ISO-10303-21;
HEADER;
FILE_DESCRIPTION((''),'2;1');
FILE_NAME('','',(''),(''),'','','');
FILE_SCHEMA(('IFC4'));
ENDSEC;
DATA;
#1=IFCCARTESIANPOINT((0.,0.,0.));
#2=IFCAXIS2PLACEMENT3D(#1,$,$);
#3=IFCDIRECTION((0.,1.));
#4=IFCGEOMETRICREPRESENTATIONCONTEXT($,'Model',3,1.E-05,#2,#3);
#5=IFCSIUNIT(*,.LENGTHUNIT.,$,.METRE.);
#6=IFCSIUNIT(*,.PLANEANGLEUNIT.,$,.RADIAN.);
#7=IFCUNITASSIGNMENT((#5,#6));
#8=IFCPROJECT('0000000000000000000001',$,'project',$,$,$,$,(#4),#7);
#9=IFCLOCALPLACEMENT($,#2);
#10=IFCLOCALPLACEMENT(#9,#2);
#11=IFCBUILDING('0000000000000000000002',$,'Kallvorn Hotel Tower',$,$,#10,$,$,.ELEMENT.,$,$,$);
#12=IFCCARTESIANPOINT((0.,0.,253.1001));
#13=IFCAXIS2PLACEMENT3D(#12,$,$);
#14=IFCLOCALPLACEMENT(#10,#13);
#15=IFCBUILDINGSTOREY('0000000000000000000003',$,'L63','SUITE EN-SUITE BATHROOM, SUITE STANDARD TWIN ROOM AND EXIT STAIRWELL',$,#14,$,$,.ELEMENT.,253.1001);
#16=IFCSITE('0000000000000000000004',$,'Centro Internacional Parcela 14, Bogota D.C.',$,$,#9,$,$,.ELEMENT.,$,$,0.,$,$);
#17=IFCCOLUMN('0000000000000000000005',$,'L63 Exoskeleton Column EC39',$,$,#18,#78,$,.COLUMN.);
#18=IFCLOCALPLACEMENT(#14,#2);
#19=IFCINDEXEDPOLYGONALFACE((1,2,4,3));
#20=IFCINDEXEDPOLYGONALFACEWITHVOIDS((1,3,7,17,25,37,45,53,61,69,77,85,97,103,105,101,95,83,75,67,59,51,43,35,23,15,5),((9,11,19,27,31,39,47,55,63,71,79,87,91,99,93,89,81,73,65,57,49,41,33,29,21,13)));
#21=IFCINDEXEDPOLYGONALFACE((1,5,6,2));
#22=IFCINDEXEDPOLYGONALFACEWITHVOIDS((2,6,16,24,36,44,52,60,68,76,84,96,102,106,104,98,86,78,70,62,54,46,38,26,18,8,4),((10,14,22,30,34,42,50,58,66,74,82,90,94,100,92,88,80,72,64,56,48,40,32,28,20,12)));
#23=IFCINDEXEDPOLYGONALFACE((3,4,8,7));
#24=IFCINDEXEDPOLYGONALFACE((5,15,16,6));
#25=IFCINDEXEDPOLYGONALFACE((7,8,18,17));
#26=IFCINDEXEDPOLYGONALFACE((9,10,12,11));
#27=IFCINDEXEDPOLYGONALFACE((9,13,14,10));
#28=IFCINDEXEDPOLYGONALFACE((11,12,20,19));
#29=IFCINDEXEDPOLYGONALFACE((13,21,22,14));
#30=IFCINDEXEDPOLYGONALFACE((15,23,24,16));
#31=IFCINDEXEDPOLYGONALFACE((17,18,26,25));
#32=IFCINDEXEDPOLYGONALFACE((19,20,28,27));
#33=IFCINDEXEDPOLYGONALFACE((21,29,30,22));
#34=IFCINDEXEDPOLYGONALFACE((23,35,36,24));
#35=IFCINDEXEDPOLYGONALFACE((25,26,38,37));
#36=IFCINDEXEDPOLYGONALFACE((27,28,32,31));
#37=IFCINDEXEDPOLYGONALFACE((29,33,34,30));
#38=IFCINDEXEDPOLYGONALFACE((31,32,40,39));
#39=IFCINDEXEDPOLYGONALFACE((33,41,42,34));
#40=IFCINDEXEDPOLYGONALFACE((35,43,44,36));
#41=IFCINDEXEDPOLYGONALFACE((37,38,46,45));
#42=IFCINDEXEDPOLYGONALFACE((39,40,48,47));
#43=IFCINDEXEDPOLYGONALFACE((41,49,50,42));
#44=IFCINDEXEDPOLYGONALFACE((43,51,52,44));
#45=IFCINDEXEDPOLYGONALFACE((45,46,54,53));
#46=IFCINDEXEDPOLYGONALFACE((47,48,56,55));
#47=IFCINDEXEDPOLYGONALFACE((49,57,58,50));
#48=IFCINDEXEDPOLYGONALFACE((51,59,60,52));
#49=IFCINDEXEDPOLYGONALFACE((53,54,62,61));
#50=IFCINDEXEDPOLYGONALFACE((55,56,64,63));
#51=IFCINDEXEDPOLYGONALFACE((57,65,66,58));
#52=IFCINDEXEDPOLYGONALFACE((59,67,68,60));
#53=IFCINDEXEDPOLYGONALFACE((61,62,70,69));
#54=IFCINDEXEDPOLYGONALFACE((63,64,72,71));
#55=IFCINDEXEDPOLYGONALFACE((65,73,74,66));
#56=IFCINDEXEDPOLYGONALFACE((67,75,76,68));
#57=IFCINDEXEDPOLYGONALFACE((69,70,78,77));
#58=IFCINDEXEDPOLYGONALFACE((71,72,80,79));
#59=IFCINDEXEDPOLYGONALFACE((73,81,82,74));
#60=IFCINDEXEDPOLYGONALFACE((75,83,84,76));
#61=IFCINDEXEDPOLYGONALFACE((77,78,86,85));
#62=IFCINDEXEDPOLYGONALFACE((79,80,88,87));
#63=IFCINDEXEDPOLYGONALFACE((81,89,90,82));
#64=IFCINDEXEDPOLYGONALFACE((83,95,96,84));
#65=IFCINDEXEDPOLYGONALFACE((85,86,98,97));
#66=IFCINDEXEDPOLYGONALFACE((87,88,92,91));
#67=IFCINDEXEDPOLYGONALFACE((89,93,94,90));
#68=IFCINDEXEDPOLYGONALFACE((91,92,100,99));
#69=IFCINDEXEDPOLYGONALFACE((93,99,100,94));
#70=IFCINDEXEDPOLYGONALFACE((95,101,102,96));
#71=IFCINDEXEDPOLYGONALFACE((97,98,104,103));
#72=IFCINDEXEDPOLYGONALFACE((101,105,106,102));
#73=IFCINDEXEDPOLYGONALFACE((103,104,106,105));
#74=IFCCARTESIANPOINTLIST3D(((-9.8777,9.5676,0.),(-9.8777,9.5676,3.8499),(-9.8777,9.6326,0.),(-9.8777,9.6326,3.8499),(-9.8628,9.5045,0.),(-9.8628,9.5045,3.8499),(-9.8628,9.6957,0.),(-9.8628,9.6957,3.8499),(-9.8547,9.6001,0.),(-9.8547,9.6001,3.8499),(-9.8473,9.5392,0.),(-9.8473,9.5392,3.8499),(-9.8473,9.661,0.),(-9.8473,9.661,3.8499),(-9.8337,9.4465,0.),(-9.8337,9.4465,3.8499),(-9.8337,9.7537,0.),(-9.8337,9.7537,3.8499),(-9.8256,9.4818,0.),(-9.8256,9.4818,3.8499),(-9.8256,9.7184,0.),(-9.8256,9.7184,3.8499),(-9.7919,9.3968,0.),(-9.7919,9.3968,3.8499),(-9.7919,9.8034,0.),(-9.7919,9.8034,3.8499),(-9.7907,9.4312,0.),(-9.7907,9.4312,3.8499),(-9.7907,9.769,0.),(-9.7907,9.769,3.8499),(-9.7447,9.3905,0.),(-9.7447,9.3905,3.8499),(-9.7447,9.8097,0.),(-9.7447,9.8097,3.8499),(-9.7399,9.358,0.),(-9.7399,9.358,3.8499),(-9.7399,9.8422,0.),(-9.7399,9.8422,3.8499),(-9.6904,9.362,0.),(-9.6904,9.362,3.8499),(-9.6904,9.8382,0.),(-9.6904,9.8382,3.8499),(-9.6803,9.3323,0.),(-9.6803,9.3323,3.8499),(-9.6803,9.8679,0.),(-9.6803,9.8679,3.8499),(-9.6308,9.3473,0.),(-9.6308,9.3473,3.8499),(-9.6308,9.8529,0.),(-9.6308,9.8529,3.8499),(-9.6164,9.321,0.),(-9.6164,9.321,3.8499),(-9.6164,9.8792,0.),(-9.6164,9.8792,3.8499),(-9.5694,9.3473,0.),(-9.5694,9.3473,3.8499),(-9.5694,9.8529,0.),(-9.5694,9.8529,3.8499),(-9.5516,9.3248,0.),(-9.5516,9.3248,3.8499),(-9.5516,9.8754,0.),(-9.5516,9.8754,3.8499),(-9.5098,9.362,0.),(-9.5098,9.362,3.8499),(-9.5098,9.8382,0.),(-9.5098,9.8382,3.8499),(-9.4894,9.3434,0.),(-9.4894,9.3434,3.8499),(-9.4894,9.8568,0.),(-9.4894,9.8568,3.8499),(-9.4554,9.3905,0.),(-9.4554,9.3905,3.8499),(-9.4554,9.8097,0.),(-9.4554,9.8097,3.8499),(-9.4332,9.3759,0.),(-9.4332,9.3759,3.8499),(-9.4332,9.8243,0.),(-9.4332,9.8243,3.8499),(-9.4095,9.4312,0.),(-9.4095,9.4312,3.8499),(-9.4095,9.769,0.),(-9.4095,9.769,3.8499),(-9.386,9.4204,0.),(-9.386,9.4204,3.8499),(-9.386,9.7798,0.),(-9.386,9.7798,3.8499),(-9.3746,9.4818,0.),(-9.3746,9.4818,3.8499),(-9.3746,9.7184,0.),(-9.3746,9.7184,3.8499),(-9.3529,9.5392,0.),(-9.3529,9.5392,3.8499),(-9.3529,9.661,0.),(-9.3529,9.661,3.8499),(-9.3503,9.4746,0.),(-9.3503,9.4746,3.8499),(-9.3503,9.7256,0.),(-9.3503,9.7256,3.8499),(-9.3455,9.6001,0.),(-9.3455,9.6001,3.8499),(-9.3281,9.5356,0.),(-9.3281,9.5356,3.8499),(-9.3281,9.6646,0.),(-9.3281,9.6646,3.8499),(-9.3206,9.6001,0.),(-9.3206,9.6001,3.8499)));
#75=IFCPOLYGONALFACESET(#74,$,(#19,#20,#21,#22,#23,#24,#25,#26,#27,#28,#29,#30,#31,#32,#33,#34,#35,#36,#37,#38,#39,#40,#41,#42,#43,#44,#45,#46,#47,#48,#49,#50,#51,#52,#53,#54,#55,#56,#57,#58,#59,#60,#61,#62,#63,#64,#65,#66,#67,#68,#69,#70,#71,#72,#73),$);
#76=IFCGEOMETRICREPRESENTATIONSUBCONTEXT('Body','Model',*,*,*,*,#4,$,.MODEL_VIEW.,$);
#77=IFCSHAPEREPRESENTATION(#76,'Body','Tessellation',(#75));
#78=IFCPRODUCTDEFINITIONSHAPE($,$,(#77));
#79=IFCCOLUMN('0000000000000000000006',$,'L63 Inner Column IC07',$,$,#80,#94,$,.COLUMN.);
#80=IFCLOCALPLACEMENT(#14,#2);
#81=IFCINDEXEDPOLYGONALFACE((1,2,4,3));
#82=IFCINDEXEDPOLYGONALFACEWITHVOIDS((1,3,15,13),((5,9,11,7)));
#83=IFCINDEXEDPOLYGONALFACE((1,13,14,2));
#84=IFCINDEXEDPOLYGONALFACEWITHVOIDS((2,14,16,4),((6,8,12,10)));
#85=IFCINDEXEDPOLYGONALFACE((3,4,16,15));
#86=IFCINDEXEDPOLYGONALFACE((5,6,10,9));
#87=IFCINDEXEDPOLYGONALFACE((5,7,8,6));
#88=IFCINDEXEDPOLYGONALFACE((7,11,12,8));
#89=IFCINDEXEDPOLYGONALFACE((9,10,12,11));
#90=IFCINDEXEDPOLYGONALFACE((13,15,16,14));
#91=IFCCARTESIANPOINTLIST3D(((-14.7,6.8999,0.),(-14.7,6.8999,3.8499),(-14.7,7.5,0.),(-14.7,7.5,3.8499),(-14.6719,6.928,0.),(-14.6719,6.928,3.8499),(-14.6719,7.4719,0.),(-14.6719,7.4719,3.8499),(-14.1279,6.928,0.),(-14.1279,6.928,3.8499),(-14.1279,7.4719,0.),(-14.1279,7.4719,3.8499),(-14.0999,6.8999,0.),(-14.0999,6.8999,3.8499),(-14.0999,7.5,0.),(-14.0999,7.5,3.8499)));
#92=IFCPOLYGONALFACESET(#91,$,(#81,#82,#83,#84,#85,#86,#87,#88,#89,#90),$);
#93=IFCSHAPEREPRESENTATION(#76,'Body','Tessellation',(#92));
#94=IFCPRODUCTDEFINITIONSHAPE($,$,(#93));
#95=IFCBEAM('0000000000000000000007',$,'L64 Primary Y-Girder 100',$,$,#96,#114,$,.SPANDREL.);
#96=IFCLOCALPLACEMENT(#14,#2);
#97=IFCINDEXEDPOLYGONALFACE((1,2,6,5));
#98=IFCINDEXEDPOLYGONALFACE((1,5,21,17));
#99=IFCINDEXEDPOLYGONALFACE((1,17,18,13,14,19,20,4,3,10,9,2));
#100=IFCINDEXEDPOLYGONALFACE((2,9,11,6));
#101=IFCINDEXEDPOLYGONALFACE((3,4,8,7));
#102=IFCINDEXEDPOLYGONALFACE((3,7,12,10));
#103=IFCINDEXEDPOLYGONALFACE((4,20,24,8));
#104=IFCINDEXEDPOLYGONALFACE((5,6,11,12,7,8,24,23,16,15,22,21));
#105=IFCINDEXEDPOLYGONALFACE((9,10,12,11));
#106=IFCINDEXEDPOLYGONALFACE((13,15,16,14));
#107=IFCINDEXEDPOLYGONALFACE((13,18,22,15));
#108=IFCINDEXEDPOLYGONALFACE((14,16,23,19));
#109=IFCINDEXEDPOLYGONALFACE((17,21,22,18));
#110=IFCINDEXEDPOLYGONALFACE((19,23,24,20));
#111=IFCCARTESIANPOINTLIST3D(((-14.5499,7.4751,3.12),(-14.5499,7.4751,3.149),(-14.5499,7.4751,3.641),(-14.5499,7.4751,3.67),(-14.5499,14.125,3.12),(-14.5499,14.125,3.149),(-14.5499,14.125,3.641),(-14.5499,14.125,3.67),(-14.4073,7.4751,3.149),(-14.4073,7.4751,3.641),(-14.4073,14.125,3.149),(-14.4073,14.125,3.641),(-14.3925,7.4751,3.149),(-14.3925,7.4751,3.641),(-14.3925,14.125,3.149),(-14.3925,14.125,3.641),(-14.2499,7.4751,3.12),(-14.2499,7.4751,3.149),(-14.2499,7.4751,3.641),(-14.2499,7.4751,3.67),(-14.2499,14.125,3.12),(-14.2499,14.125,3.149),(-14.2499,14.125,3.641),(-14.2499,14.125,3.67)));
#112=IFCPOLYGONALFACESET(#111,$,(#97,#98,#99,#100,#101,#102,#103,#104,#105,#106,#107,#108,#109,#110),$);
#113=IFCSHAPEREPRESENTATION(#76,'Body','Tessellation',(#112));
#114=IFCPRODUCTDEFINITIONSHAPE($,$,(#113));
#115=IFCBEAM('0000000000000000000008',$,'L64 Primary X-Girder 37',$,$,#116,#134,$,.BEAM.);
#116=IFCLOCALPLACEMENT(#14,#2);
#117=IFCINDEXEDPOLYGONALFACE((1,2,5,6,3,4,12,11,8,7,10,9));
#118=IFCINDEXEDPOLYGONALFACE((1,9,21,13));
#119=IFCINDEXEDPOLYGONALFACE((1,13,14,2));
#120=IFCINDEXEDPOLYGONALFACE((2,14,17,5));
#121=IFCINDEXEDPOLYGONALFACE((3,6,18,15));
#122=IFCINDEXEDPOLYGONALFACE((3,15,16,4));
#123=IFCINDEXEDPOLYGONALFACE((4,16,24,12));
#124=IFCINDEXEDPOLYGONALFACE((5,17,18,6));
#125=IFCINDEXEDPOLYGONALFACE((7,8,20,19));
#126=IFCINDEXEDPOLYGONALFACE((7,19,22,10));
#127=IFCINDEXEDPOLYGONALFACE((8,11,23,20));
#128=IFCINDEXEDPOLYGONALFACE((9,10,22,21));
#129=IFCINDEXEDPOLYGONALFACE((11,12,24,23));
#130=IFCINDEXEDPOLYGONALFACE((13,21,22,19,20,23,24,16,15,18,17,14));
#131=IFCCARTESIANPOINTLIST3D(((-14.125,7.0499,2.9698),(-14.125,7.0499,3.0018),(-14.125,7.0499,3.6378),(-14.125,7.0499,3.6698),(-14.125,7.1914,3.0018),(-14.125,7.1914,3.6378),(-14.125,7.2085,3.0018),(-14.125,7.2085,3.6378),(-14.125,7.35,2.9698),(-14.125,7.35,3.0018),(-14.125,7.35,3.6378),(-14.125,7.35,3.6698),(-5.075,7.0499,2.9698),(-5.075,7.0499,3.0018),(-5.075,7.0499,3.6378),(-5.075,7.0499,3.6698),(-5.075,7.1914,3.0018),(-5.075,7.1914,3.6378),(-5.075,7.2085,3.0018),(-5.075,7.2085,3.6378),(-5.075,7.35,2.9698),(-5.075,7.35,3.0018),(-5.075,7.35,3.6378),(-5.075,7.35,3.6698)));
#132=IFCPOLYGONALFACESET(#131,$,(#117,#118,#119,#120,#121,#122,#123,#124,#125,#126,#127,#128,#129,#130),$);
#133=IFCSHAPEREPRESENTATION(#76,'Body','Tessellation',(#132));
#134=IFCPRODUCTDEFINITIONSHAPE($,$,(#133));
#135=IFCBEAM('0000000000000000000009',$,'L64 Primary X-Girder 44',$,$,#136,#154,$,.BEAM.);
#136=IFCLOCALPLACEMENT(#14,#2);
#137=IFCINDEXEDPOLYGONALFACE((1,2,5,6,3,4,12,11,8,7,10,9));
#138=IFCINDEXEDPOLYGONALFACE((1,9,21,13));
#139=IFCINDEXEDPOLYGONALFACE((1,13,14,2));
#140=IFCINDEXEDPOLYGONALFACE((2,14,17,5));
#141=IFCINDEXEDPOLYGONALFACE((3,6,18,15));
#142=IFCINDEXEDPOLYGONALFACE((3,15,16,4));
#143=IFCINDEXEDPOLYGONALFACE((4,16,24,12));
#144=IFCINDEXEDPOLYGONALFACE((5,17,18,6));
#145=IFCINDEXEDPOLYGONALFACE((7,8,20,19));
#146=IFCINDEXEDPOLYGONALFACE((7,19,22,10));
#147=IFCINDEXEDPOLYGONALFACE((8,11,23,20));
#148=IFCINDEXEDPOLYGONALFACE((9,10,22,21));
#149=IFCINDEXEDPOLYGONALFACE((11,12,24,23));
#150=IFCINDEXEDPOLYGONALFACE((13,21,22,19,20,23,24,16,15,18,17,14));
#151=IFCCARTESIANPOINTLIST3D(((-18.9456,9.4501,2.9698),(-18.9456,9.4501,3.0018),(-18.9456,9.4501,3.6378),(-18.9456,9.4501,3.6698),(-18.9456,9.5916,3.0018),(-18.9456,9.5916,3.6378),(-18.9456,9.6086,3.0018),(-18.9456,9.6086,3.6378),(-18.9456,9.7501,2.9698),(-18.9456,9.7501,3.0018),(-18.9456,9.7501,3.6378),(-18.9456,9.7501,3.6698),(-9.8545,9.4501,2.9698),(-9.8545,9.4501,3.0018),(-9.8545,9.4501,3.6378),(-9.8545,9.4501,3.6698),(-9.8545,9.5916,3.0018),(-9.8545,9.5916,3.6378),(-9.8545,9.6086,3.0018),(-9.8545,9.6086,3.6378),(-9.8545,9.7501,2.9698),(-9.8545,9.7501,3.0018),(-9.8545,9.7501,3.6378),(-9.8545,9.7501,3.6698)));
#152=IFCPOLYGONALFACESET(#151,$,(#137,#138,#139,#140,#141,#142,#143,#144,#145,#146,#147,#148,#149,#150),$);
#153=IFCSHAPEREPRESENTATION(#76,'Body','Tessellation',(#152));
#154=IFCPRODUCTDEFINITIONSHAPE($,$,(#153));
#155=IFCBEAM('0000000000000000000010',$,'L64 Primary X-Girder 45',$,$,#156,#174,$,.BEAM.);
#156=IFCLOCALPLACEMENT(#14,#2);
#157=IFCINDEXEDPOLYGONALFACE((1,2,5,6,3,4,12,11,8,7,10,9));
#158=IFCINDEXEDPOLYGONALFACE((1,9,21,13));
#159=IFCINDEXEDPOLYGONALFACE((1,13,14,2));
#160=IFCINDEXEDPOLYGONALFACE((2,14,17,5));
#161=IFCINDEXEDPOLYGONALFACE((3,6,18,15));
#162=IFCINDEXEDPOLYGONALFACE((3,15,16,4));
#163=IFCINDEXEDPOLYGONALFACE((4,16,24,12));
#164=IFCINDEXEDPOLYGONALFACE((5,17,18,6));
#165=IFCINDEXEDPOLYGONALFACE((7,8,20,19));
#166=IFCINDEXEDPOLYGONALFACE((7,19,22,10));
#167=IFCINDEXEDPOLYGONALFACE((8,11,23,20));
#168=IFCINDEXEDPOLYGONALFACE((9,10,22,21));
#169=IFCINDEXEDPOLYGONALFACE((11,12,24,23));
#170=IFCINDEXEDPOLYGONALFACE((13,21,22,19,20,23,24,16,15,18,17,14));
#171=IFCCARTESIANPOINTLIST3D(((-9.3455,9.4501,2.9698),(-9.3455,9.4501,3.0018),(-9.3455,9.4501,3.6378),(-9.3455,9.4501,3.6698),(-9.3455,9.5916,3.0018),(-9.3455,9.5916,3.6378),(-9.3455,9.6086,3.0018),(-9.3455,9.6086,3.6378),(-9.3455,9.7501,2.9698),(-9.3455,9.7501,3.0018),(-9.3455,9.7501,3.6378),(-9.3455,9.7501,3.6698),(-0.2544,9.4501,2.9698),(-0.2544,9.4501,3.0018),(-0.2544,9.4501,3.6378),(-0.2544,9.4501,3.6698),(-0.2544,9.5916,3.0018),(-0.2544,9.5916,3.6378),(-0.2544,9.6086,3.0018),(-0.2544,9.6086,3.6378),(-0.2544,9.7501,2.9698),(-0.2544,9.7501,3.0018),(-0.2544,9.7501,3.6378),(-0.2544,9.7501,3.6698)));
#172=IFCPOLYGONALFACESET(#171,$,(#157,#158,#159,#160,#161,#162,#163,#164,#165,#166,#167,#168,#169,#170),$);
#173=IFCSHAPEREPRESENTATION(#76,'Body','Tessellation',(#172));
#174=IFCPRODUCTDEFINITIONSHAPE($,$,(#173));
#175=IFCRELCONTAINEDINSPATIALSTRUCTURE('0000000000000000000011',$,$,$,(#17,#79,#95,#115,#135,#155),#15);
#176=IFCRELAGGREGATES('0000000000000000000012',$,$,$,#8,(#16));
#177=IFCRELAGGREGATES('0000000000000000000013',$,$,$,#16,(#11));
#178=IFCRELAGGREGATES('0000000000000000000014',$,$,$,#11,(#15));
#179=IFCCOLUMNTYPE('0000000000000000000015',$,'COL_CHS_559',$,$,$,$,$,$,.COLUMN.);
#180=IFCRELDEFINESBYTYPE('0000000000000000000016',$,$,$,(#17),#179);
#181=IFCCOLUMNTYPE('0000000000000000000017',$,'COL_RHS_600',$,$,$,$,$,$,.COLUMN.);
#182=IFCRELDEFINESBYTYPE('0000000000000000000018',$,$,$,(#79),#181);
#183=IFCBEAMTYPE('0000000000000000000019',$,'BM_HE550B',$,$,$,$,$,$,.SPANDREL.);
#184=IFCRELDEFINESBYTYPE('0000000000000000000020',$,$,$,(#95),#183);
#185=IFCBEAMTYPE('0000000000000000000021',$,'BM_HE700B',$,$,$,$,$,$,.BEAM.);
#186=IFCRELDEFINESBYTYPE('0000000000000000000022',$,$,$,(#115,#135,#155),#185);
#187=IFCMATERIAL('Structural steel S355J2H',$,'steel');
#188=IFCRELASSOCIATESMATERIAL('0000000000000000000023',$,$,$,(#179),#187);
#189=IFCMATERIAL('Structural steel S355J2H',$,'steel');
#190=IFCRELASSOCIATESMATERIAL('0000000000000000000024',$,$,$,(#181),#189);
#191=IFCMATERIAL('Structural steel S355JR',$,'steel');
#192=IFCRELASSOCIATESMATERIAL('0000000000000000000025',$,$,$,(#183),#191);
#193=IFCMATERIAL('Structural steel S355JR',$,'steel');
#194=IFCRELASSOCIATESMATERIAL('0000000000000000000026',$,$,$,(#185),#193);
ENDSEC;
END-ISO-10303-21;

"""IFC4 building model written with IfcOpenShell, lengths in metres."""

from ifc_helpers import new_model, si_unit, direction, frame, origin, origin_2d, place, context, subcontext, project, spatial, hollow_rectangle, hollow_circle, i_section, extrude, material, material_profile, profile_set, type_object, element, save


model = new_model("IFC4")

# Units and contexts
model_context = context("Model", 3, precision=1e-05, world=origin(), true_north=direction((0.0, 1.0)))
body_context = subcontext(model_context, "Body", "Model", "MODEL_VIEW")
ifc_project = project(units=[si_unit("LENGTHUNIT", "METRE"), si_unit("PLANEANGLEUNIT", "RADIAN")], contexts=[model_context])

# Site, building, storey
site_placement = place(None, origin())
site = spatial("IfcSite", under=ifc_project, at=site_placement, Name="Centro Internacional Parcela 14, Bogota D.C.", CompositionType="ELEMENT", RefElevation=0.0)
building_placement = place(site_placement, origin())
building = spatial("IfcBuilding", under=site, at=building_placement, Name="Kallvorn Hotel Tower", CompositionType="ELEMENT")
storey_placement = place(building_placement, frame((0.0, 0.0, 253.1001)))
storey = spatial("IfcBuildingStorey", under=building, at=storey_placement, Name="L63", Description="SUITE EN-SUITE BATHROOM, SUITE STANDARD TWIN ROOM AND EXIT STAIRWELL", CompositionType="ELEMENT", Elevation=253.1001)

# Columns
ifc_material_1 = material(Name="Structural steel S355J2H", Category="steel")
ifc_material_profile_1 = material_profile(ifc_material_1, hollow_circle(Radius=0.2795, WallThickness=0.0249, at=origin_2d()), Name="CHS 559x25")
ifc_profile_set_1 = profile_set([ifc_material_profile_1], Name="Structural steel S355J2H")
column_type_1 = type_object("IfcColumnType", Name="COL_CHS_559", PredefinedType="COLUMN", material=ifc_profile_set_1)
column_1_placement = place(storey_placement, frame((-9.6001, 9.6001, 0.0), z_axis=(0.0, 0.0, 1.0), x_axis=(1.0, 0.0, 0.0)))
element("IfcColumn", 1, at=column_1_placement, inside=storey, type_object=column_type_1, Name="L63 Exoskeleton Column EC39", PredefinedType="COLUMN", context=body_context, shape_type="SweptSolid", body=[
    extrude(hollow_circle(Radius=0.2795, WallThickness=0.0249, at=origin_2d()), origin(), (0.0, 0.0, 1.0), 3.8499),
])
ifc_material_2 = material(Name="Structural steel S355J2H", Category="steel")
ifc_material_profile_2 = material_profile(ifc_material_2, hollow_rectangle(XDim=0.6001, YDim=0.6001, WallThickness=0.0281, at=origin_2d()), Name="RHS 600x600x28")
ifc_profile_set_2 = profile_set([ifc_material_profile_2], Name="Structural steel S355J2H")
column_type_2 = type_object("IfcColumnType", Name="COL_RHS_600", PredefinedType="COLUMN", material=ifc_profile_set_2)
column_2_placement = place(storey_placement, frame((-14.3999, 7.2, 0.0), z_axis=(0.0, 0.0, 1.0), x_axis=(1.0, 0.0, 0.0)))
element("IfcColumn", 2, at=column_2_placement, inside=storey, type_object=column_type_2, Name="L63 Inner Column IC07", PredefinedType="COLUMN", context=body_context, shape_type="SweptSolid", body=[
    extrude(hollow_rectangle(XDim=0.6001, YDim=0.6001, WallThickness=0.0281, at=origin_2d()), origin(), (0.0, 0.0, 1.0), 3.8499),
])

# Beams
ifc_material_3 = material(Name="Structural steel S355JR", Category="steel")
ifc_material_profile_3 = material_profile(ifc_material_3, i_section(OverallWidth=0.3, OverallDepth=0.55, WebThickness=0.0149, FlangeThickness=0.0291, at=origin_2d()), Name="HE 550 B")
ifc_profile_set_3 = profile_set([ifc_material_profile_3], Name="Structural steel S355JR")
beam_type_1 = type_object("IfcBeamType", Name="BM_HE550B", PredefinedType="SPANDREL", material=ifc_profile_set_3)
beam_1_placement = place(storey_placement, frame((-14.3999, 7.4751, 3.395), z_axis=(0.0, 1.0, 0.0), x_axis=(-1.0, 0.0, 0.0)))
element("IfcBeam", 3, at=beam_1_placement, inside=storey, type_object=beam_type_1, Name="L64 Primary Y-Girder 100", PredefinedType="SPANDREL", context=body_context, shape_type="SweptSolid", body=[
    extrude(i_section(OverallWidth=0.3, OverallDepth=0.55, WebThickness=0.0149, FlangeThickness=0.0291, at=origin_2d()), origin(), (0.0, 0.0, 1.0), 6.6499),
])
ifc_material_4 = material(Name="Structural steel S355JR", Category="steel")
ifc_material_profile_4 = material_profile(ifc_material_4, i_section(OverallWidth=0.3, OverallDepth=0.7, WebThickness=0.0171, FlangeThickness=0.032, at=origin_2d()), Name="HE 700 B")
ifc_profile_set_4 = profile_set([ifc_material_profile_4], Name="Structural steel S355JR")
beam_type_2 = type_object("IfcBeamType", Name="BM_HE700B", PredefinedType="BEAM", material=ifc_profile_set_4)
beam_2_placement = place(storey_placement, frame((-14.125, 7.2, 3.3198), z_axis=(1.0, 0.0, 0.0), x_axis=(0.0, 1.0, 0.0)))
element("IfcBeam", 4, at=beam_2_placement, inside=storey, type_object=beam_type_2, Name="L64 Primary X-Girder 37", PredefinedType="BEAM", context=body_context, shape_type="SweptSolid", body=[
    extrude(i_section(OverallWidth=0.3, OverallDepth=0.7, WebThickness=0.0171, FlangeThickness=0.032, at=origin_2d()), origin(), (0.0, 0.0, 1.0), 9.05),
])
for number, where, z_axis, x_axis, name in (
    (5, (-18.9456, 9.6001, 3.3198), (1.0, 0.0, 0.0), (0.0, 1.0, 0.0), "L64 Primary X-Girder 44"),
    (6, (-9.3455, 9.6001, 3.3198), (1.0, 0.0, 0.0), (0.0, 1.0, 0.0), "L64 Primary X-Girder 45"),
):
    element("IfcBeam", number, at=place(storey_placement, frame(where, z_axis=z_axis, x_axis=x_axis)), inside=storey, type_object=beam_type_2, Name=name, PredefinedType="BEAM", context=body_context, shape_type="SweptSolid", body=[
        extrude(i_section(OverallWidth=0.3, OverallDepth=0.7, WebThickness=0.0171, FlangeThickness=0.032, at=origin_2d()), origin(), (0.0, 0.0, 1.0), 9.0911),
    ])

save(model, "model.ifc")
